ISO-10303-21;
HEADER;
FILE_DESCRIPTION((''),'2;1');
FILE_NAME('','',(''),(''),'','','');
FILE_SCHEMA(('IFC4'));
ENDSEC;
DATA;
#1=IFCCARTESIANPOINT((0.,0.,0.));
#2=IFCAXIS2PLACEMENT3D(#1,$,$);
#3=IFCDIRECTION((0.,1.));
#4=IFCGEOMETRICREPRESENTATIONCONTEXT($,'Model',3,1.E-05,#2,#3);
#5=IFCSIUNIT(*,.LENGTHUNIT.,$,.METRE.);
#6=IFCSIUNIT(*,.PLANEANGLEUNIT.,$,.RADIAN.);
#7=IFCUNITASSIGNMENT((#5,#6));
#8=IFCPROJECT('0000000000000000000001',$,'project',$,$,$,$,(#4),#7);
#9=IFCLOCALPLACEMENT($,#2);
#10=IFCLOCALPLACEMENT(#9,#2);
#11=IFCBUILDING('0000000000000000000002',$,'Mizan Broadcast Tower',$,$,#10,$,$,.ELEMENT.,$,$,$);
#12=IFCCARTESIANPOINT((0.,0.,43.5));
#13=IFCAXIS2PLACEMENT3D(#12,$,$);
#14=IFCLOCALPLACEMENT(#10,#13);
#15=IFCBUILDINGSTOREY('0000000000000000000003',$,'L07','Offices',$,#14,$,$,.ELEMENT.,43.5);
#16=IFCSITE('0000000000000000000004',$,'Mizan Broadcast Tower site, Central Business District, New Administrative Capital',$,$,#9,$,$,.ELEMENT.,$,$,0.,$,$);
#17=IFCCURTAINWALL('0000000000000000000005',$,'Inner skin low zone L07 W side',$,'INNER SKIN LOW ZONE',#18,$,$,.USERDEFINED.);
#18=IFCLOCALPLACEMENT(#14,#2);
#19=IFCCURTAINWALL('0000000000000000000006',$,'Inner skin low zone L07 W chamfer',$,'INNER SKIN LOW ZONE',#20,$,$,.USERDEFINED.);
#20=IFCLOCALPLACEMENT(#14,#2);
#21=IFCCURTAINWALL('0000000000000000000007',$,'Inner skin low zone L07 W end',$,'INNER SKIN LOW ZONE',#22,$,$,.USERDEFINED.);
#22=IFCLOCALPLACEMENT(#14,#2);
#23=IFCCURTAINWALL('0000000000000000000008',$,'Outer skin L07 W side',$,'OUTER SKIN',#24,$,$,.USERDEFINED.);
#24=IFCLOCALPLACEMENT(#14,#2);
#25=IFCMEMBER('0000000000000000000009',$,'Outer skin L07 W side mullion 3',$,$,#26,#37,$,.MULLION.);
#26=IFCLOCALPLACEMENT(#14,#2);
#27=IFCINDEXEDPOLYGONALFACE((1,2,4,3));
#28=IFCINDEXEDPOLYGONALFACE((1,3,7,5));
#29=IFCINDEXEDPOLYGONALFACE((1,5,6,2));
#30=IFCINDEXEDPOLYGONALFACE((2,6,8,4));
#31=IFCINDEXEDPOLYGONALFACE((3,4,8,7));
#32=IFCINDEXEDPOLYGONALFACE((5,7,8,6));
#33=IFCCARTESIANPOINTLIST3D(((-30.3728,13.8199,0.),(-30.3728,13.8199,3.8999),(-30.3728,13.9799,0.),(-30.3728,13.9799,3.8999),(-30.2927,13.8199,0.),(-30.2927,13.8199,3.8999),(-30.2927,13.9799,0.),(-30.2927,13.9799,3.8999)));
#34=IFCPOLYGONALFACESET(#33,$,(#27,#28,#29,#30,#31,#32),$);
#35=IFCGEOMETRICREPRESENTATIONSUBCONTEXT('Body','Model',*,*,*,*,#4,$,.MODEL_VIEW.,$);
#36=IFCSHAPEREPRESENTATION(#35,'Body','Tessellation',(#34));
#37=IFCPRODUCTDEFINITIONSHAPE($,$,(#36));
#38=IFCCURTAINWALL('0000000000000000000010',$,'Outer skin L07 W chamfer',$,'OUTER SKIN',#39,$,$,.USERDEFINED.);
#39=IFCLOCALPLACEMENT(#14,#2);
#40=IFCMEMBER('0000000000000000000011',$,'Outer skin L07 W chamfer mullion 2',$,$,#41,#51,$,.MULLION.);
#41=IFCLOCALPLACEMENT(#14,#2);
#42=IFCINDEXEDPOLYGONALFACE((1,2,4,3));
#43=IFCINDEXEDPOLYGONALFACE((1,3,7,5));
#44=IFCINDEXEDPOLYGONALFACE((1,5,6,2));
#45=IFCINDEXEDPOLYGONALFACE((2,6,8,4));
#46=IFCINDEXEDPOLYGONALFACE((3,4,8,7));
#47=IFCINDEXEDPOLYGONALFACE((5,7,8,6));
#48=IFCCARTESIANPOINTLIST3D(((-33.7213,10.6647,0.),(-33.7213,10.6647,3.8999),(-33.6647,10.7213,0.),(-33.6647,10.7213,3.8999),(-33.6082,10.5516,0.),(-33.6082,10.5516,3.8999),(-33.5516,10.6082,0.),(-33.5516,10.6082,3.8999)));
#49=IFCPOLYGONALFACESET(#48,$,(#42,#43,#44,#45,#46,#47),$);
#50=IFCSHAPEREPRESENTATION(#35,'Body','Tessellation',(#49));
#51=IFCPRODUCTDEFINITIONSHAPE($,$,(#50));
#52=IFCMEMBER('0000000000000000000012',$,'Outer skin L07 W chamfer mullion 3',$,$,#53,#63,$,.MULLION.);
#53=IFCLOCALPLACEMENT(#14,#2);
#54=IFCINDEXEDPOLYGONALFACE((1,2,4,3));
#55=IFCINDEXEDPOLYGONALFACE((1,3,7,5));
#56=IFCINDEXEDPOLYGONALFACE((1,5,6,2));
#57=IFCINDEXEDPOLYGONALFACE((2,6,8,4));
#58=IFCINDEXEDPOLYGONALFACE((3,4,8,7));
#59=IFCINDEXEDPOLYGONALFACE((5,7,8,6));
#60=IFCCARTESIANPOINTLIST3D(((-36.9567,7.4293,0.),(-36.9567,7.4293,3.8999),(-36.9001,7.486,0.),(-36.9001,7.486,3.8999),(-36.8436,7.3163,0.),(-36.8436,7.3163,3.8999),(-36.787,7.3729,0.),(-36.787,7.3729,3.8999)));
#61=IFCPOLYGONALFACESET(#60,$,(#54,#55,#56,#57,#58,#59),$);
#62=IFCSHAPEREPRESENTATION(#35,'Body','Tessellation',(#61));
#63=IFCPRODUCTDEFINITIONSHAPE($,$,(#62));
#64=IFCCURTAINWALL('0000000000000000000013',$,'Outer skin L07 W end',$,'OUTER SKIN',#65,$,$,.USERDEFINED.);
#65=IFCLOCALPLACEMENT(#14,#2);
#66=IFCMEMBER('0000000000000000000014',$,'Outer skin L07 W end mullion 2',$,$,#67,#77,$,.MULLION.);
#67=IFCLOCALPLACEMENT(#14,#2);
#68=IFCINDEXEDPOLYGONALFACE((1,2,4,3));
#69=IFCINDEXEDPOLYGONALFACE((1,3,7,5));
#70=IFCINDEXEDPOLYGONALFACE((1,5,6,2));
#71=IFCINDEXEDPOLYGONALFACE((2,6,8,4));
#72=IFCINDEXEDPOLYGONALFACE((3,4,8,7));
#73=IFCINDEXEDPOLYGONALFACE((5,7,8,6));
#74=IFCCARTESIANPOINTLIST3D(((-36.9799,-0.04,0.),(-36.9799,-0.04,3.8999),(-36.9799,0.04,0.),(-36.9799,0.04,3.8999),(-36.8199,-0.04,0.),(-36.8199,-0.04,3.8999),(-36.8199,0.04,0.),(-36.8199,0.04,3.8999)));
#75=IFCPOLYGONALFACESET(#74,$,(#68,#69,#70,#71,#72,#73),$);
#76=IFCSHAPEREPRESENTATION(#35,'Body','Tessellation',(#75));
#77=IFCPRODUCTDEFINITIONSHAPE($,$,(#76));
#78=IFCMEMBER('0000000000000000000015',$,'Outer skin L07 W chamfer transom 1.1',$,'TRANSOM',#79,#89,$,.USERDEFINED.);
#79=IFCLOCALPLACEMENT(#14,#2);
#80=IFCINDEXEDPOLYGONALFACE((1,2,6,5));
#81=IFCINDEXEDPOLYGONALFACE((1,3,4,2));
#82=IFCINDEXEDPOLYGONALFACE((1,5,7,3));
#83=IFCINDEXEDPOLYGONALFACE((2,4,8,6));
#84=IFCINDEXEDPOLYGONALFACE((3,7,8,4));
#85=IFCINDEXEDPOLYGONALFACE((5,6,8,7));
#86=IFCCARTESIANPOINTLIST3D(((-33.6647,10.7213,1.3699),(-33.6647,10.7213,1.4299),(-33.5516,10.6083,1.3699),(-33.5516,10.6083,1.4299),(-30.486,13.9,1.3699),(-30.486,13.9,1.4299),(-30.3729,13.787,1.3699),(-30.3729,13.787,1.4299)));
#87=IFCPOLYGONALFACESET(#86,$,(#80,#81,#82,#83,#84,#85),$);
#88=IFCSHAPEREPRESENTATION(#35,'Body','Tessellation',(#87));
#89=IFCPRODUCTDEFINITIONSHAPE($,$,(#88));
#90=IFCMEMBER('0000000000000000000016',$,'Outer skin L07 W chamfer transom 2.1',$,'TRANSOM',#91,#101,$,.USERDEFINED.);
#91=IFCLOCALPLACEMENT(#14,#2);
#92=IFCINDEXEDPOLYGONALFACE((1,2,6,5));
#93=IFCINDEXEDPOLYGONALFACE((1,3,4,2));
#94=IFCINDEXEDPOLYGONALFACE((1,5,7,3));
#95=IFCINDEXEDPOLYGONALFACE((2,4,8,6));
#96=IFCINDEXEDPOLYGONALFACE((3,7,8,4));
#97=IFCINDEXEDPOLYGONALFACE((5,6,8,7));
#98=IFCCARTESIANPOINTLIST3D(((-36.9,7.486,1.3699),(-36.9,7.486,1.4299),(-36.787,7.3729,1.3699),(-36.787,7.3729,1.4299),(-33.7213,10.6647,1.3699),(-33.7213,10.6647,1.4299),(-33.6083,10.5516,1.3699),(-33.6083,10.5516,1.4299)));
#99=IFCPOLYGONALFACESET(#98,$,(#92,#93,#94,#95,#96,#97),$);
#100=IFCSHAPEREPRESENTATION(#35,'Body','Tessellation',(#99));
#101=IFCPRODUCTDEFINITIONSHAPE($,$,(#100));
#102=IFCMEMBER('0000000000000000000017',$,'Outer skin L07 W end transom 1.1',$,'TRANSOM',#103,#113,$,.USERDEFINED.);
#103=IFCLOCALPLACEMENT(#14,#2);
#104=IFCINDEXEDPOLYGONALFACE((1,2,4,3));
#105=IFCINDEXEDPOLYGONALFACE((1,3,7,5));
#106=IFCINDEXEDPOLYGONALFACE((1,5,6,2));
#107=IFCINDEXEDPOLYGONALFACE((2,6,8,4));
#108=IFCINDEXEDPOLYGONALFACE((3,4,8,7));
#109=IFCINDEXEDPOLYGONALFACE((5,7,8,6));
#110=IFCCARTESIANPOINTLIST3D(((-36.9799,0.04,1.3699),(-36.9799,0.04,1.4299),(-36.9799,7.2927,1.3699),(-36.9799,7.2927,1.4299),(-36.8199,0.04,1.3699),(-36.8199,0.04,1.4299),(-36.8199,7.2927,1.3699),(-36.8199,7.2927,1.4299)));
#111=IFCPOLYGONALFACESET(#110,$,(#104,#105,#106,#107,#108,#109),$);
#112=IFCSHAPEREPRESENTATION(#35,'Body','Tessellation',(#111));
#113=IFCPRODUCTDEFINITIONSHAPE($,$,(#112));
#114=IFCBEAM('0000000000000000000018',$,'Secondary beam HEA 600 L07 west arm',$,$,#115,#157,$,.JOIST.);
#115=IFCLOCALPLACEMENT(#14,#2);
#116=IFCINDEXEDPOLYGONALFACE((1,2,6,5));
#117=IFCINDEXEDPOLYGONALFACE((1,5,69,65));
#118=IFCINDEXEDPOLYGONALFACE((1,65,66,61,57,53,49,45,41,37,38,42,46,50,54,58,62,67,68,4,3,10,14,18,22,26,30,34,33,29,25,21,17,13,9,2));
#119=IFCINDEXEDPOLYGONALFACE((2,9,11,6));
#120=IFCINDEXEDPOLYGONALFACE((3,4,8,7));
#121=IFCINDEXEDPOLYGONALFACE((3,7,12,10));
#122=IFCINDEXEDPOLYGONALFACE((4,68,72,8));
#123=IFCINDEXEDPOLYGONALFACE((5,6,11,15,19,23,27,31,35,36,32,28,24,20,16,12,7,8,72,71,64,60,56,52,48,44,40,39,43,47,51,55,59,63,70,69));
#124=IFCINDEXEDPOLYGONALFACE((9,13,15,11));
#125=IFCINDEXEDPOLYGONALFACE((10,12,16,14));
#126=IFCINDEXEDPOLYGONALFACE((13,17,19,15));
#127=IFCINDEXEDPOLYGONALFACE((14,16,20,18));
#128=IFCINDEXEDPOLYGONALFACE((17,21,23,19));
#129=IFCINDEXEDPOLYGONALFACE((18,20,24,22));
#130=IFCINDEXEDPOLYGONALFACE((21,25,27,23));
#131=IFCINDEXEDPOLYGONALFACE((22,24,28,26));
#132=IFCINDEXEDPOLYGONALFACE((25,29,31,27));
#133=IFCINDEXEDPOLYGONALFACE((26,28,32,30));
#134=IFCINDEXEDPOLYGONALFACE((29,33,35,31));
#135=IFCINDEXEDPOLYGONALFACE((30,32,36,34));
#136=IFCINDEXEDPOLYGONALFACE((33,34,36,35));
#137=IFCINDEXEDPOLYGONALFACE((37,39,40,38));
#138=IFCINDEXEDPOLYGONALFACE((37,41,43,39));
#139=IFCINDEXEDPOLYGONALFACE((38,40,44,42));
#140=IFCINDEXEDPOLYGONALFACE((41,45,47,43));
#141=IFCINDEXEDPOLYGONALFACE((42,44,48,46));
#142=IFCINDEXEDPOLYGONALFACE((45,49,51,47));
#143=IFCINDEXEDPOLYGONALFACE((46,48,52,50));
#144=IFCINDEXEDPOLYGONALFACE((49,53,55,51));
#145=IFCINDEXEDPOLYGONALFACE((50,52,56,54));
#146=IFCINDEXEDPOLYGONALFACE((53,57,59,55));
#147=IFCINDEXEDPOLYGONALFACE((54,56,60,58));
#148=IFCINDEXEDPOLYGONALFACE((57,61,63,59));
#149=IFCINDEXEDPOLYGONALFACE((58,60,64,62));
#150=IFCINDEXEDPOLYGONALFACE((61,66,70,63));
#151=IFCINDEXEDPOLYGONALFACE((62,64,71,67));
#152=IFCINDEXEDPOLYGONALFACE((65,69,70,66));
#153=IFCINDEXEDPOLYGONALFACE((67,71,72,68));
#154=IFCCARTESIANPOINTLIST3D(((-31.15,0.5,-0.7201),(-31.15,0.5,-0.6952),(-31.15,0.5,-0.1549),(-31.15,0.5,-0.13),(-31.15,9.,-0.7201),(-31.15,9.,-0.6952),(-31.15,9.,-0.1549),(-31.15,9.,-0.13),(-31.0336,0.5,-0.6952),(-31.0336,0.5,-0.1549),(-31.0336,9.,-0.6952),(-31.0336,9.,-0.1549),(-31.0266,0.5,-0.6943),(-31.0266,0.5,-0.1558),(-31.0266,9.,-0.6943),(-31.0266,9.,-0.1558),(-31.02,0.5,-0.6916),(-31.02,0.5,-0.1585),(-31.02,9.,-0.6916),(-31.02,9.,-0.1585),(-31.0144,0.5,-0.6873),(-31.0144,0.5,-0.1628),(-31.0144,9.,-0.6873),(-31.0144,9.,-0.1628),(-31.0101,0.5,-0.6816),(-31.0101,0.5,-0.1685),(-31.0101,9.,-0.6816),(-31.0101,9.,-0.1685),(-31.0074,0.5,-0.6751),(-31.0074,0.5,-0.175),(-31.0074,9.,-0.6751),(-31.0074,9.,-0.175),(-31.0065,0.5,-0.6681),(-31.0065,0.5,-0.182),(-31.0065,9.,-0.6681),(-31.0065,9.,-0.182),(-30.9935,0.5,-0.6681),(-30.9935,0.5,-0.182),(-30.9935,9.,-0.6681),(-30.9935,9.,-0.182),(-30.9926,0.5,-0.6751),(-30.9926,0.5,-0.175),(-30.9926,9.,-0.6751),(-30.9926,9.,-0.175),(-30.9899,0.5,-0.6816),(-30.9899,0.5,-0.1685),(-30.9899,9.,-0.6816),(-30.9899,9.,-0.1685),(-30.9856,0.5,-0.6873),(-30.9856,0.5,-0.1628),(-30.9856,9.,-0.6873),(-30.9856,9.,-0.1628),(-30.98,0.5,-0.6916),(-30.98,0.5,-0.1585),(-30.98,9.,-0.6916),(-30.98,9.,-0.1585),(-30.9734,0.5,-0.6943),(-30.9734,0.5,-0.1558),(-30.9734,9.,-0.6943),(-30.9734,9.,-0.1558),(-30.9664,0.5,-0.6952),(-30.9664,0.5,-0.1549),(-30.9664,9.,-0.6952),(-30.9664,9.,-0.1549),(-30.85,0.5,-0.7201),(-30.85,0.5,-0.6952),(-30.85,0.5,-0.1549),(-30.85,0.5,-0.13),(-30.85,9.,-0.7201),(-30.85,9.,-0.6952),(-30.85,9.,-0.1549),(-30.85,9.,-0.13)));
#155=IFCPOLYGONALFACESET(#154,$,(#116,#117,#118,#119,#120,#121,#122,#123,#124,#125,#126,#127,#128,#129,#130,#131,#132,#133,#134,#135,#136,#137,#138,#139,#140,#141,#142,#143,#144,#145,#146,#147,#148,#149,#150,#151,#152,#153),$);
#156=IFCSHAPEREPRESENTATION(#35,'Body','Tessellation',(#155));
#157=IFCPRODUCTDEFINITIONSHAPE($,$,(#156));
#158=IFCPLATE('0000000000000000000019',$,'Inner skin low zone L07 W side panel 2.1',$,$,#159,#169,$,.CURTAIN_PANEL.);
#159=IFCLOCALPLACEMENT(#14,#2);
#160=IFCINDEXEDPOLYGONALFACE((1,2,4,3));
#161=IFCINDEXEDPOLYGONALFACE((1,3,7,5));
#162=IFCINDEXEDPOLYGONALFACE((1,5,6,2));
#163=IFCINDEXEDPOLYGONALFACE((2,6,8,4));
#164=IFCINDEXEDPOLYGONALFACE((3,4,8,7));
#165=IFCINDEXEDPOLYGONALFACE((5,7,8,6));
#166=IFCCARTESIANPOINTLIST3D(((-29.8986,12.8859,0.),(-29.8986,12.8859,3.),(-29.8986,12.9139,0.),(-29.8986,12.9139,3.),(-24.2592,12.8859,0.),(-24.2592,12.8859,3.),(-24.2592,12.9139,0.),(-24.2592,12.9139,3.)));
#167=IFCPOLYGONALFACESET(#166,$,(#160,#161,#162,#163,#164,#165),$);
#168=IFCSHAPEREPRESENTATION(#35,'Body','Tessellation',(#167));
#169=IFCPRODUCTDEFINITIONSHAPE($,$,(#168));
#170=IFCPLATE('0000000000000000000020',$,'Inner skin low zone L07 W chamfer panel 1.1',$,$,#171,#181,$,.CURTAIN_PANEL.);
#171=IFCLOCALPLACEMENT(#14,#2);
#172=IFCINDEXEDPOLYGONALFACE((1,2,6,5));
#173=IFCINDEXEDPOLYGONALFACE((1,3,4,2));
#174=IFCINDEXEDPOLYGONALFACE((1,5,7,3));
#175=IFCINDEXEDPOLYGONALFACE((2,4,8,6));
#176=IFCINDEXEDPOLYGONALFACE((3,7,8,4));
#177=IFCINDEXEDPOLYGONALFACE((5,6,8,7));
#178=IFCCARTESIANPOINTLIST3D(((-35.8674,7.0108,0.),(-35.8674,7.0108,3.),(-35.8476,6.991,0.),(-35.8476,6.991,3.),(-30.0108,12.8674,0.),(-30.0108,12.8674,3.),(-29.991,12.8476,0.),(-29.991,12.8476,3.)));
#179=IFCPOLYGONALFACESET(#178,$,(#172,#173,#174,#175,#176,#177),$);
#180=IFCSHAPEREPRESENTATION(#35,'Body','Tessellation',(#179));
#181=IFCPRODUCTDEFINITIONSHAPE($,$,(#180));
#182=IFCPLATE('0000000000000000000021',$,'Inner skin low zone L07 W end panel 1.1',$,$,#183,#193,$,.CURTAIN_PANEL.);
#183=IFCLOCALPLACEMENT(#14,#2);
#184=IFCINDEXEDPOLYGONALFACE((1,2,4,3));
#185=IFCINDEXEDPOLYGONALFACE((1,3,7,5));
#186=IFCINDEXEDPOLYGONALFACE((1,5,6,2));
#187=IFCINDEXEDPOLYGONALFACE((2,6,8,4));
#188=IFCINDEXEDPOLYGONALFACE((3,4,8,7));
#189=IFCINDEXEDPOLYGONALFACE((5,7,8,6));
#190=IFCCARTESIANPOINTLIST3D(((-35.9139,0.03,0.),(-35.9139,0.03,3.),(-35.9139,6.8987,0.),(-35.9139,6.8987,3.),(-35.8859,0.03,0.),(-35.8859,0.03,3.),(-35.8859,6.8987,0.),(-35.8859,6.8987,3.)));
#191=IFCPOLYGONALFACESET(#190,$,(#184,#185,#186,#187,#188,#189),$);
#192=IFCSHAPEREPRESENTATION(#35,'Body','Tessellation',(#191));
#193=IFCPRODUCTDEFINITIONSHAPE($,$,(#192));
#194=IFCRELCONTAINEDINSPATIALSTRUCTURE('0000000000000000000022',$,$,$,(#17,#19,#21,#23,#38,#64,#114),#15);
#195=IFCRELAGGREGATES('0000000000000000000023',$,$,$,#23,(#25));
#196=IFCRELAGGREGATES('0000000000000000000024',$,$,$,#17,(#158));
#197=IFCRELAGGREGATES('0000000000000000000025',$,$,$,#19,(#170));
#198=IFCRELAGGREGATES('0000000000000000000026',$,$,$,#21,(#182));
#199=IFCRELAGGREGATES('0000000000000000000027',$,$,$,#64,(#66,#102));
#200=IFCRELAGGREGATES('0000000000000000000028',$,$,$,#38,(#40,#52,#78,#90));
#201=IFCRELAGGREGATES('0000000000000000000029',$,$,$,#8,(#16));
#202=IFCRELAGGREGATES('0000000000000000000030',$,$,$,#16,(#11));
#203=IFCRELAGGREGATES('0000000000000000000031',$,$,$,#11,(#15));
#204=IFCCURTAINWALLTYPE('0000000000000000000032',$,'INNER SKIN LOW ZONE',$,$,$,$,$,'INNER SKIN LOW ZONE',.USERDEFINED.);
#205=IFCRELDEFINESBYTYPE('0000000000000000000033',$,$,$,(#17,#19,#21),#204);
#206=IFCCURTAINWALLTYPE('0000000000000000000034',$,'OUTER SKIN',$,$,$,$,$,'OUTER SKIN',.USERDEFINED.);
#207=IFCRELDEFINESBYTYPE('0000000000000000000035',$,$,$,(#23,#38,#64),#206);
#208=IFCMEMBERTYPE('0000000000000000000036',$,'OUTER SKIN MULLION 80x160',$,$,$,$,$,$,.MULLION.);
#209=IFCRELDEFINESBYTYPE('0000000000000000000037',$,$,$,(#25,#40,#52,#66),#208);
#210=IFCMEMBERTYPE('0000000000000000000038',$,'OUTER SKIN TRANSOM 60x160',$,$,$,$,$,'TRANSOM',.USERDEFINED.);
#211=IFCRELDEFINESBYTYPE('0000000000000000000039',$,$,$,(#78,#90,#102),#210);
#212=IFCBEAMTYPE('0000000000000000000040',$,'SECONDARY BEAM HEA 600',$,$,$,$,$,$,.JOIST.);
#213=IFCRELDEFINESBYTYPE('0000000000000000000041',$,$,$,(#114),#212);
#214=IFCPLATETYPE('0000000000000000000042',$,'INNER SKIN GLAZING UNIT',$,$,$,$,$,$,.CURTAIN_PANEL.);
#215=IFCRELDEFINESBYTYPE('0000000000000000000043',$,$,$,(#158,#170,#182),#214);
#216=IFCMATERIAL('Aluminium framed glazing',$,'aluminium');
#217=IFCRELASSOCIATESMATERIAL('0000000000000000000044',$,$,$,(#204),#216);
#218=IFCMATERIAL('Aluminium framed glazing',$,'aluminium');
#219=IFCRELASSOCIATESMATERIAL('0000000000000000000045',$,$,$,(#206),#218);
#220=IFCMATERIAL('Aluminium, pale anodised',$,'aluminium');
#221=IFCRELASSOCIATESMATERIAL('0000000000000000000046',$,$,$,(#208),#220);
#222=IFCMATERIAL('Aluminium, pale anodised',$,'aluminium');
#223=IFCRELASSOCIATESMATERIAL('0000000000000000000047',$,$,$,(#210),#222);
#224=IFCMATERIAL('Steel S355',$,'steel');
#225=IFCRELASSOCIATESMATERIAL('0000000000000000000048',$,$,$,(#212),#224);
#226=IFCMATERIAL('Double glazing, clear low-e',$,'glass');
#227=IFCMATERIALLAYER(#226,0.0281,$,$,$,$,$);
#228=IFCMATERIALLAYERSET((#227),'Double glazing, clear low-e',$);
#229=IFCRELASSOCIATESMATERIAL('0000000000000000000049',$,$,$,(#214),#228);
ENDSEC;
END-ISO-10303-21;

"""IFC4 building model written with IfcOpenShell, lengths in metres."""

from ifc_helpers import new_model, si_unit, direction, frame, origin, origin_2d, place, context, subcontext, project, spatial, rectangle, i_section, extrude, material, layer, layer_set, material_profile, profile_set, type_object, element, aggregate, save


model = new_model("IFC4")

# Units and contexts
model_context = context("Model", 3, precision=1e-05, world=origin(), true_north=direction((0.0, 1.0)))
body_context = subcontext(model_context, "Body", "Model", "MODEL_VIEW")
ifc_project = project(units=[si_unit("LENGTHUNIT", "METRE"), si_unit("PLANEANGLEUNIT", "RADIAN")], contexts=[model_context])

# Site, building, storey
site_placement = place(None, origin())
site = spatial("IfcSite", under=ifc_project, at=site_placement, Name="Mizan Broadcast Tower site, Central Business District, New Administrative Capital", CompositionType="ELEMENT", RefElevation=0.0)
building_placement = place(site_placement, origin())
building = spatial("IfcBuilding", under=site, at=building_placement, Name="Mizan Broadcast Tower", CompositionType="ELEMENT")
storey_placement = place(building_placement, frame((0.0, 0.0, 43.5)))
storey = spatial("IfcBuildingStorey", under=building, at=storey_placement, Name="L07", Description="Offices", CompositionType="ELEMENT", Elevation=43.5)

# Curtain walls
ifc_material_1 = material(Name="Aluminium framed glazing", Category="aluminium")
curtain_wall_type_1 = type_object("IfcCurtainWallType", Name="INNER SKIN LOW ZONE", ElementType="INNER SKIN LOW ZONE", PredefinedType="USERDEFINED", material=ifc_material_1)
curtain_wall_1_placement = place(storey_placement, origin())
curtain_wall_1 = element("IfcCurtainWall", 1, at=curtain_wall_1_placement, inside=storey, type_object=curtain_wall_type_1, Name="Inner skin low zone L07 W side", ObjectType="INNER SKIN LOW ZONE", PredefinedType="USERDEFINED")
curtain_wall_2_placement = place(storey_placement, origin())
curtain_wall_2 = element("IfcCurtainWall", 2, at=curtain_wall_2_placement, inside=storey, type_object=curtain_wall_type_1, Name="Inner skin low zone L07 W chamfer", ObjectType="INNER SKIN LOW ZONE", PredefinedType="USERDEFINED")
curtain_wall_3_placement = place(storey_placement, origin())
curtain_wall_3 = element("IfcCurtainWall", 3, at=curtain_wall_3_placement, inside=storey, type_object=curtain_wall_type_1, Name="Inner skin low zone L07 W end", ObjectType="INNER SKIN LOW ZONE", PredefinedType="USERDEFINED")

# Curtain wall, member
ifc_material_2 = material(Name="Aluminium framed glazing", Category="aluminium")
curtain_wall_type_2 = type_object("IfcCurtainWallType", Name="OUTER SKIN", ElementType="OUTER SKIN", PredefinedType="USERDEFINED", material=ifc_material_2)
curtain_wall_4_placement = place(storey_placement, origin())
curtain_wall_4 = element("IfcCurtainWall", 4, at=curtain_wall_4_placement, inside=storey, type_object=curtain_wall_type_2, Name="Outer skin L07 W side", ObjectType="OUTER SKIN", PredefinedType="USERDEFINED")
ifc_material_3 = material(Name="Aluminium, pale anodised", Category="aluminium")
ifc_material_profile_1 = material_profile(ifc_material_3, rectangle(XDim=0.1599, YDim=0.0801, at=origin_2d()), Name="MULLION 160x80")
ifc_profile_set_1 = profile_set([ifc_material_profile_1], Name="Aluminium, pale anodised")
member_type_1 = type_object("IfcMemberType", Name="OUTER SKIN MULLION 80x160", PredefinedType="MULLION", material=ifc_profile_set_1)
member_1_placement = place(storey_placement, frame((-30.3328, 13.8999, 0.0), z_axis=(0.0, 0.0, 1.0), x_axis=(0.0, -1.0, 0.0)))
member_1 = element("IfcMember", 5, at=member_1_placement, type_object=member_type_1, Name="Outer skin L07 W side mullion 3", PredefinedType="MULLION", context=body_context, shape_type="SweptSolid", body=[
    extrude(rectangle(XDim=0.1599, YDim=0.0801, at=origin_2d()), origin(), (0.0, 0.0, 1.0), 3.8999),
])
aggregate(curtain_wall_4, [member_1])

# Curtain wall, members
curtain_wall_5_placement = place(storey_placement, origin())
curtain_wall_5 = element("IfcCurtainWall", 6, at=curtain_wall_5_placement, inside=storey, type_object=curtain_wall_type_2, Name="Outer skin L07 W chamfer", ObjectType="OUTER SKIN", PredefinedType="USERDEFINED")
member_2_placement = place(storey_placement, frame((-33.6365, 10.6365, 0.0), z_axis=(0.0, 0.0, 1.0), x_axis=(0.707107, -0.707107, 0.0)))
member_2 = element("IfcMember", 7, at=member_2_placement, type_object=member_type_1, Name="Outer skin L07 W chamfer mullion 2", PredefinedType="MULLION", context=body_context, shape_type="SweptSolid", body=[
    extrude(rectangle(XDim=0.1599, YDim=0.0801, at=origin_2d()), origin(), (0.0, 0.0, 1.0), 3.8999),
])
member_3_placement = place(storey_placement, frame((-36.8718, 7.4011, 0.0), z_axis=(0.0, 0.0, 1.0), x_axis=(0.707107, -0.707107, 0.0)))
member_3 = element("IfcMember", 8, at=member_3_placement, type_object=member_type_1, Name="Outer skin L07 W chamfer mullion 3", PredefinedType="MULLION", context=body_context, shape_type="SweptSolid", body=[
    extrude(rectangle(XDim=0.1599, YDim=0.0801, at=origin_2d()), origin(), (0.0, 0.0, 1.0), 3.8999),
])

# Curtain wall, member
curtain_wall_6_placement = place(storey_placement, origin())
curtain_wall_6 = element("IfcCurtainWall", 9, at=curtain_wall_6_placement, inside=storey, type_object=curtain_wall_type_2, Name="Outer skin L07 W end", ObjectType="OUTER SKIN", PredefinedType="USERDEFINED")
member_4_placement = place(storey_placement, frame((-36.8999, 0.0, 0.0), z_axis=(0.0, 0.0, 1.0), x_axis=(1.0, 0.0, 0.0)))
member_4 = element("IfcMember", 10, at=member_4_placement, type_object=member_type_1, Name="Outer skin L07 W end mullion 2", PredefinedType="MULLION", context=body_context, shape_type="SweptSolid", body=[
    extrude(rectangle(XDim=0.1599, YDim=0.0801, at=origin_2d()), origin(), (0.0, 0.0, 1.0), 3.8999),
])

# Members
ifc_material_4 = material(Name="Aluminium, pale anodised", Category="aluminium")
ifc_material_profile_2 = material_profile(ifc_material_4, rectangle(XDim=0.1599, YDim=0.0601, at=origin_2d()), Name="TRANSOM 160x60")
ifc_profile_set_2 = profile_set([ifc_material_profile_2], Name="Aluminium, pale anodised")
member_type_2 = type_object("IfcMemberType", Name="OUTER SKIN TRANSOM 60x160", ElementType="TRANSOM", PredefinedType="USERDEFINED", material=ifc_profile_set_2)
member_5_placement = place(storey_placement, frame((-30.4294, 13.8435, 1.3999), z_axis=(-0.707107, -0.707107, 0.0), x_axis=(0.707107, -0.707107, 0.0)))
member_5 = element("IfcMember", 11, at=member_5_placement, type_object=member_type_2, Name="Outer skin L07 W chamfer transom 1.1", ObjectType="TRANSOM", PredefinedType="USERDEFINED", context=body_context, shape_type="SweptSolid", body=[
    extrude(rectangle(XDim=0.1599, YDim=0.0601, at=origin_2d()), origin(), (0.0, 0.0, 1.0), 4.4954),
])
member_6_placement = place(storey_placement, frame((-33.6648, 10.6082, 1.3999), z_axis=(-0.707107, -0.707107, 0.0), x_axis=(0.707107, -0.707107, 0.0)))
member_6 = element("IfcMember", 12, at=member_6_placement, type_object=member_type_2, Name="Outer skin L07 W chamfer transom 2.1", ObjectType="TRANSOM", PredefinedType="USERDEFINED", context=body_context, shape_type="SweptSolid", body=[
    extrude(rectangle(XDim=0.1599, YDim=0.0601, at=origin_2d()), origin(), (0.0, 0.0, 1.0), 4.4954),
])
member_7_placement = place(storey_placement, frame((-36.8999, 7.2927, 1.3999), z_axis=(0.0, -1.0, 0.0), x_axis=(1.0, 0.0, 0.0)))
member_7 = element("IfcMember", 13, at=member_7_placement, type_object=member_type_2, Name="Outer skin L07 W end transom 1.1", ObjectType="TRANSOM", PredefinedType="USERDEFINED", context=body_context, shape_type="SweptSolid", body=[
    extrude(rectangle(XDim=0.1599, YDim=0.0601, at=origin_2d()), origin(), (0.0, 0.0, 1.0), 7.2527),
])

# Beam
ifc_material_5 = material(Name="Steel S355", Category="steel")
ifc_material_profile_3 = material_profile(ifc_material_5, i_section(OverallWidth=0.3, OverallDepth=0.5901, WebThickness=0.0129, FlangeThickness=0.0249, FilletRadius=0.0271, at=origin_2d()), Name="HEA 600")
ifc_profile_set_3 = profile_set([ifc_material_profile_3], Name="Steel S355")
beam_type_1 = type_object("IfcBeamType", Name="SECONDARY BEAM HEA 600", PredefinedType="JOIST", material=ifc_profile_set_3)
beam_1_placement = place(storey_placement, frame((-31.0, 9.0, -0.425), z_axis=(0.0, -1.0, 0.0), x_axis=(1.0, 0.0, 0.0)))
element("IfcBeam", 14, at=beam_1_placement, inside=storey, type_object=beam_type_1, Name="Secondary beam HEA 600 L07 west arm", PredefinedType="JOIST", context=body_context, shape_type="SweptSolid", body=[
    extrude(i_section(OverallWidth=0.3, OverallDepth=0.5901, WebThickness=0.0129, FlangeThickness=0.0249, FilletRadius=0.0271, at=origin_2d()), origin(), (0.0, 0.0, 1.0), 8.5),
])

# Plates
ifc_material_6 = material(Name="Double glazing, clear low-e", Category="glass")
ifc_layer_1 = layer(ifc_material_6, 0.0281)
ifc_layer_set_1 = layer_set([ifc_layer_1], Name="Double glazing, clear low-e")
plate_type_1 = type_object("IfcPlateType", Name="INNER SKIN GLAZING UNIT", PredefinedType="CURTAIN_PANEL", material=ifc_layer_set_1)
plate_1_placement = place(storey_placement, frame((-27.0789, 12.8999, 0.0), z_axis=(0.0, 0.0, 1.0), x_axis=(-1.0, 0.0, 0.0)))
plate_1 = element("IfcPlate", 15, at=plate_1_placement, type_object=plate_type_1, Name="Inner skin low zone L07 W side panel 2.1", PredefinedType="CURTAIN_PANEL", context=body_context, shape_type="SweptSolid", body=[
    extrude(rectangle(XDim=5.6394, YDim=0.0281, at=origin_2d()), origin(), (0.0, 0.0, 1.0), 3.0),
])
plate_2_placement = place(storey_placement, frame((-32.9292, 9.9292, 0.0), z_axis=(0.0, 0.0, 1.0), x_axis=(-0.707107, -0.707107, 0.0)))
plate_2 = element("IfcPlate", 16, at=plate_2_placement, type_object=plate_type_1, Name="Inner skin low zone L07 W chamfer panel 1.1", PredefinedType="CURTAIN_PANEL", context=body_context, shape_type="SweptSolid", body=[
    extrude(rectangle(XDim=8.2825, YDim=0.0281, at=origin_2d()), origin(), (0.0, 0.0, 1.0), 3.0),
])
plate_3_placement = place(storey_placement, frame((-35.8999, 3.4644, 0.0), z_axis=(0.0, 0.0, 1.0), x_axis=(0.0, -1.0, 0.0)))
plate_3 = element("IfcPlate", 17, at=plate_3_placement, type_object=plate_type_1, Name="Inner skin low zone L07 W end panel 1.1", PredefinedType="CURTAIN_PANEL", context=body_context, shape_type="SweptSolid", body=[
    extrude(rectangle(XDim=6.8687, YDim=0.0281, at=origin_2d()), origin(), (0.0, 0.0, 1.0), 3.0),
])
aggregate(curtain_wall_1, [plate_1])
aggregate(curtain_wall_2, [plate_2])
aggregate(curtain_wall_3, [plate_3])
aggregate(curtain_wall_6, [member_4, member_7])
aggregate(curtain_wall_5, [member_2, member_3, member_5, member_6])

save(model, "model.ifc")
